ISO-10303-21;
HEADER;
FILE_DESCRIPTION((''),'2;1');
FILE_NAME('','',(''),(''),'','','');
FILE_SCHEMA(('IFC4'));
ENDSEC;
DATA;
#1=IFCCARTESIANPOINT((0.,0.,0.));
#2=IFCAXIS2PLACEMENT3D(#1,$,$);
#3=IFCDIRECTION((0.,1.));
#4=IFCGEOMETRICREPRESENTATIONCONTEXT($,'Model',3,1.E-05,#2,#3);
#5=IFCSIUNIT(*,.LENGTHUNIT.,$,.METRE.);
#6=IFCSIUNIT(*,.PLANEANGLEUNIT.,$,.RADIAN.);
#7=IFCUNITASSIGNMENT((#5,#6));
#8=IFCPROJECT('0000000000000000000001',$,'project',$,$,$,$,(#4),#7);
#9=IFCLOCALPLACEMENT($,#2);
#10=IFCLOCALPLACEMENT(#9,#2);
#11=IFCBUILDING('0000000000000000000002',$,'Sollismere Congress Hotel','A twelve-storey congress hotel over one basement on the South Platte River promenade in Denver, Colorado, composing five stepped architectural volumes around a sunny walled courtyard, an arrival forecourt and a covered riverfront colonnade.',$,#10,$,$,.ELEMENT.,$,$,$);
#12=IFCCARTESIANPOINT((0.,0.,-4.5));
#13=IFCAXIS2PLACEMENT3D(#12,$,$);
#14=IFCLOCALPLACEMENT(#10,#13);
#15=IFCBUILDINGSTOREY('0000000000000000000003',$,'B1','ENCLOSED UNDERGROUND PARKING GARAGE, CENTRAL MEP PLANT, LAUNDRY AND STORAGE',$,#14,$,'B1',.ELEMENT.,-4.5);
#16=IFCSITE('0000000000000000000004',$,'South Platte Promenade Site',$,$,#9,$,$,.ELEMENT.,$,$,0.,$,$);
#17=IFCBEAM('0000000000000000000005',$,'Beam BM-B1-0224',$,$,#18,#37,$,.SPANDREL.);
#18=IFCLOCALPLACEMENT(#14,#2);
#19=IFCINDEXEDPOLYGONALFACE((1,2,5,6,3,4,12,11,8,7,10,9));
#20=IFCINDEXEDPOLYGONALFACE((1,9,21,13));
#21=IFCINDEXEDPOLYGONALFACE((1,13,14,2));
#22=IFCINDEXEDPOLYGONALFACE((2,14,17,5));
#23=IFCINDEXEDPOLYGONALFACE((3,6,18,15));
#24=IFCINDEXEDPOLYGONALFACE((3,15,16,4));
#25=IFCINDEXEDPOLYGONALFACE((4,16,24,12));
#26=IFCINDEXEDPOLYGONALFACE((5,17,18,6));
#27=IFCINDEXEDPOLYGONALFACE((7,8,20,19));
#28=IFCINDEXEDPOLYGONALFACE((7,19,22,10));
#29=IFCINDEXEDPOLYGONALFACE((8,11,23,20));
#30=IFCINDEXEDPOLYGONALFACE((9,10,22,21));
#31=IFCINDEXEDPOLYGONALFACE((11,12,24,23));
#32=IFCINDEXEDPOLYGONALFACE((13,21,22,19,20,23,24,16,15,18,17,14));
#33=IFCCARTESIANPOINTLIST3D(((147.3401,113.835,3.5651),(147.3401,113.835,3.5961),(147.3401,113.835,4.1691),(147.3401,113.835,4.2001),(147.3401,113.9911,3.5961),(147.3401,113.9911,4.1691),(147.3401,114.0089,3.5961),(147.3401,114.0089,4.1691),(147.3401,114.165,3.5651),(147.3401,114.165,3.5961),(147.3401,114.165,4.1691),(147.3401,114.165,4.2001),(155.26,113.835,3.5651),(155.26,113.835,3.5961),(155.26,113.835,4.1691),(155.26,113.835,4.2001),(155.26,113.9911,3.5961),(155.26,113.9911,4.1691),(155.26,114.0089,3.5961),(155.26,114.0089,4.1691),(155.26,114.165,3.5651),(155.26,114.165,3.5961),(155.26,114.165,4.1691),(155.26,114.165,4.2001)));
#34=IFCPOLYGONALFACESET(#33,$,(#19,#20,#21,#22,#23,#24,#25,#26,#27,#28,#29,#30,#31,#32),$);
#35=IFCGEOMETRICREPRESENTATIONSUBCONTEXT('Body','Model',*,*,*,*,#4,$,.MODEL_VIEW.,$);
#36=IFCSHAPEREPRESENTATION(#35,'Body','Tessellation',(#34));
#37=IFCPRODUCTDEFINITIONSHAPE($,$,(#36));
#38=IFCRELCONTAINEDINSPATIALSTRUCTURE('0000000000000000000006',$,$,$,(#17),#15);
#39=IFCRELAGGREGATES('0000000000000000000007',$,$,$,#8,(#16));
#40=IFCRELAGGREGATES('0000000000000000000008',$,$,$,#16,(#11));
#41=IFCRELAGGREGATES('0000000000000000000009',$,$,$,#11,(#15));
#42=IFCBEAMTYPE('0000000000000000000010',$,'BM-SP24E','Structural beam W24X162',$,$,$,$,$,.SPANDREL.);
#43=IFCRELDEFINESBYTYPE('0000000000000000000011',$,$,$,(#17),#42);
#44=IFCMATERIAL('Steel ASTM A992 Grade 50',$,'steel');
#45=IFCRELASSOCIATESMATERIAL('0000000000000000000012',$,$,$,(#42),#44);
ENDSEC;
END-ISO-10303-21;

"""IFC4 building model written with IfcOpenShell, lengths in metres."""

from ifc_helpers import new_model, si_unit, direction, frame, origin, origin_2d, place, context, subcontext, project, spatial, i_section, extrude, material, material_profile, profile_set, type_object, element, save


model = new_model("IFC4")

# Units and contexts
model_context = context("Model", 3, precision=1e-05, world=origin(), true_north=direction((0.0, 1.0)))
body_context = subcontext(model_context, "Body", "Model", "MODEL_VIEW")
ifc_project = project(units=[si_unit("LENGTHUNIT", "METRE"), si_unit("PLANEANGLEUNIT", "RADIAN")], contexts=[model_context])

# Site, building, storey
site_placement = place(None, origin())
site = spatial("IfcSite", under=ifc_project, at=site_placement, Name="South Platte Promenade Site", CompositionType="ELEMENT", RefElevation=0.0)
building_placement = place(site_placement, origin())
building = spatial("IfcBuilding", under=site, at=building_placement, Name="Sollismere Congress Hotel", Description="A twelve-storey congress hotel over one basement on the South Platte River promenade in Denver, Colorado, composing five stepped architectural volumes around a sunny walled courtyard, an arrival forecourt and a covered riverfront colonnade.", CompositionType="ELEMENT")
storey_placement = place(building_placement, frame((0.0, 0.0, -4.5)))
storey = spatial("IfcBuildingStorey", under=building, at=storey_placement, Name="B1", Description="ENCLOSED UNDERGROUND PARKING GARAGE, CENTRAL MEP PLANT, LAUNDRY AND STORAGE", LongName="B1", CompositionType="ELEMENT", Elevation=-4.5)

# Beam
ifc_material_1 = material(Name="Steel ASTM A992 Grade 50", Category="steel")
ifc_material_profile_1 = material_profile(ifc_material_1, i_section(OverallWidth=0.3301, OverallDepth=0.635, WebThickness=0.0178, FlangeThickness=0.031, at=origin_2d()), Name="W24X162")
ifc_profile_set_1 = profile_set([ifc_material_profile_1], Name="Steel ASTM A992 Grade 50")
beam_type_1 = type_object("IfcBeamType", Name="BM-SP24E", Description="Structural beam W24X162", PredefinedType="SPANDREL", material=ifc_profile_set_1)
beam_1_placement = place(storey_placement, frame((147.3401, 114.0, 3.8826), z_axis=(1.0, 0.0, 0.0), x_axis=(0.0, 1.0, 0.0)))
element("IfcBeam", 1, at=beam_1_placement, inside=storey, type_object=beam_type_1, Name="Beam BM-B1-0224", PredefinedType="SPANDREL", context=body_context, shape_type="SweptSolid", body=[
    extrude(i_section(OverallWidth=0.3301, OverallDepth=0.635, WebThickness=0.0178, FlangeThickness=0.031, at=origin_2d()), origin(), (0.0, 0.0, 1.0), 7.9199),
])

save(model, "model.ifc")
